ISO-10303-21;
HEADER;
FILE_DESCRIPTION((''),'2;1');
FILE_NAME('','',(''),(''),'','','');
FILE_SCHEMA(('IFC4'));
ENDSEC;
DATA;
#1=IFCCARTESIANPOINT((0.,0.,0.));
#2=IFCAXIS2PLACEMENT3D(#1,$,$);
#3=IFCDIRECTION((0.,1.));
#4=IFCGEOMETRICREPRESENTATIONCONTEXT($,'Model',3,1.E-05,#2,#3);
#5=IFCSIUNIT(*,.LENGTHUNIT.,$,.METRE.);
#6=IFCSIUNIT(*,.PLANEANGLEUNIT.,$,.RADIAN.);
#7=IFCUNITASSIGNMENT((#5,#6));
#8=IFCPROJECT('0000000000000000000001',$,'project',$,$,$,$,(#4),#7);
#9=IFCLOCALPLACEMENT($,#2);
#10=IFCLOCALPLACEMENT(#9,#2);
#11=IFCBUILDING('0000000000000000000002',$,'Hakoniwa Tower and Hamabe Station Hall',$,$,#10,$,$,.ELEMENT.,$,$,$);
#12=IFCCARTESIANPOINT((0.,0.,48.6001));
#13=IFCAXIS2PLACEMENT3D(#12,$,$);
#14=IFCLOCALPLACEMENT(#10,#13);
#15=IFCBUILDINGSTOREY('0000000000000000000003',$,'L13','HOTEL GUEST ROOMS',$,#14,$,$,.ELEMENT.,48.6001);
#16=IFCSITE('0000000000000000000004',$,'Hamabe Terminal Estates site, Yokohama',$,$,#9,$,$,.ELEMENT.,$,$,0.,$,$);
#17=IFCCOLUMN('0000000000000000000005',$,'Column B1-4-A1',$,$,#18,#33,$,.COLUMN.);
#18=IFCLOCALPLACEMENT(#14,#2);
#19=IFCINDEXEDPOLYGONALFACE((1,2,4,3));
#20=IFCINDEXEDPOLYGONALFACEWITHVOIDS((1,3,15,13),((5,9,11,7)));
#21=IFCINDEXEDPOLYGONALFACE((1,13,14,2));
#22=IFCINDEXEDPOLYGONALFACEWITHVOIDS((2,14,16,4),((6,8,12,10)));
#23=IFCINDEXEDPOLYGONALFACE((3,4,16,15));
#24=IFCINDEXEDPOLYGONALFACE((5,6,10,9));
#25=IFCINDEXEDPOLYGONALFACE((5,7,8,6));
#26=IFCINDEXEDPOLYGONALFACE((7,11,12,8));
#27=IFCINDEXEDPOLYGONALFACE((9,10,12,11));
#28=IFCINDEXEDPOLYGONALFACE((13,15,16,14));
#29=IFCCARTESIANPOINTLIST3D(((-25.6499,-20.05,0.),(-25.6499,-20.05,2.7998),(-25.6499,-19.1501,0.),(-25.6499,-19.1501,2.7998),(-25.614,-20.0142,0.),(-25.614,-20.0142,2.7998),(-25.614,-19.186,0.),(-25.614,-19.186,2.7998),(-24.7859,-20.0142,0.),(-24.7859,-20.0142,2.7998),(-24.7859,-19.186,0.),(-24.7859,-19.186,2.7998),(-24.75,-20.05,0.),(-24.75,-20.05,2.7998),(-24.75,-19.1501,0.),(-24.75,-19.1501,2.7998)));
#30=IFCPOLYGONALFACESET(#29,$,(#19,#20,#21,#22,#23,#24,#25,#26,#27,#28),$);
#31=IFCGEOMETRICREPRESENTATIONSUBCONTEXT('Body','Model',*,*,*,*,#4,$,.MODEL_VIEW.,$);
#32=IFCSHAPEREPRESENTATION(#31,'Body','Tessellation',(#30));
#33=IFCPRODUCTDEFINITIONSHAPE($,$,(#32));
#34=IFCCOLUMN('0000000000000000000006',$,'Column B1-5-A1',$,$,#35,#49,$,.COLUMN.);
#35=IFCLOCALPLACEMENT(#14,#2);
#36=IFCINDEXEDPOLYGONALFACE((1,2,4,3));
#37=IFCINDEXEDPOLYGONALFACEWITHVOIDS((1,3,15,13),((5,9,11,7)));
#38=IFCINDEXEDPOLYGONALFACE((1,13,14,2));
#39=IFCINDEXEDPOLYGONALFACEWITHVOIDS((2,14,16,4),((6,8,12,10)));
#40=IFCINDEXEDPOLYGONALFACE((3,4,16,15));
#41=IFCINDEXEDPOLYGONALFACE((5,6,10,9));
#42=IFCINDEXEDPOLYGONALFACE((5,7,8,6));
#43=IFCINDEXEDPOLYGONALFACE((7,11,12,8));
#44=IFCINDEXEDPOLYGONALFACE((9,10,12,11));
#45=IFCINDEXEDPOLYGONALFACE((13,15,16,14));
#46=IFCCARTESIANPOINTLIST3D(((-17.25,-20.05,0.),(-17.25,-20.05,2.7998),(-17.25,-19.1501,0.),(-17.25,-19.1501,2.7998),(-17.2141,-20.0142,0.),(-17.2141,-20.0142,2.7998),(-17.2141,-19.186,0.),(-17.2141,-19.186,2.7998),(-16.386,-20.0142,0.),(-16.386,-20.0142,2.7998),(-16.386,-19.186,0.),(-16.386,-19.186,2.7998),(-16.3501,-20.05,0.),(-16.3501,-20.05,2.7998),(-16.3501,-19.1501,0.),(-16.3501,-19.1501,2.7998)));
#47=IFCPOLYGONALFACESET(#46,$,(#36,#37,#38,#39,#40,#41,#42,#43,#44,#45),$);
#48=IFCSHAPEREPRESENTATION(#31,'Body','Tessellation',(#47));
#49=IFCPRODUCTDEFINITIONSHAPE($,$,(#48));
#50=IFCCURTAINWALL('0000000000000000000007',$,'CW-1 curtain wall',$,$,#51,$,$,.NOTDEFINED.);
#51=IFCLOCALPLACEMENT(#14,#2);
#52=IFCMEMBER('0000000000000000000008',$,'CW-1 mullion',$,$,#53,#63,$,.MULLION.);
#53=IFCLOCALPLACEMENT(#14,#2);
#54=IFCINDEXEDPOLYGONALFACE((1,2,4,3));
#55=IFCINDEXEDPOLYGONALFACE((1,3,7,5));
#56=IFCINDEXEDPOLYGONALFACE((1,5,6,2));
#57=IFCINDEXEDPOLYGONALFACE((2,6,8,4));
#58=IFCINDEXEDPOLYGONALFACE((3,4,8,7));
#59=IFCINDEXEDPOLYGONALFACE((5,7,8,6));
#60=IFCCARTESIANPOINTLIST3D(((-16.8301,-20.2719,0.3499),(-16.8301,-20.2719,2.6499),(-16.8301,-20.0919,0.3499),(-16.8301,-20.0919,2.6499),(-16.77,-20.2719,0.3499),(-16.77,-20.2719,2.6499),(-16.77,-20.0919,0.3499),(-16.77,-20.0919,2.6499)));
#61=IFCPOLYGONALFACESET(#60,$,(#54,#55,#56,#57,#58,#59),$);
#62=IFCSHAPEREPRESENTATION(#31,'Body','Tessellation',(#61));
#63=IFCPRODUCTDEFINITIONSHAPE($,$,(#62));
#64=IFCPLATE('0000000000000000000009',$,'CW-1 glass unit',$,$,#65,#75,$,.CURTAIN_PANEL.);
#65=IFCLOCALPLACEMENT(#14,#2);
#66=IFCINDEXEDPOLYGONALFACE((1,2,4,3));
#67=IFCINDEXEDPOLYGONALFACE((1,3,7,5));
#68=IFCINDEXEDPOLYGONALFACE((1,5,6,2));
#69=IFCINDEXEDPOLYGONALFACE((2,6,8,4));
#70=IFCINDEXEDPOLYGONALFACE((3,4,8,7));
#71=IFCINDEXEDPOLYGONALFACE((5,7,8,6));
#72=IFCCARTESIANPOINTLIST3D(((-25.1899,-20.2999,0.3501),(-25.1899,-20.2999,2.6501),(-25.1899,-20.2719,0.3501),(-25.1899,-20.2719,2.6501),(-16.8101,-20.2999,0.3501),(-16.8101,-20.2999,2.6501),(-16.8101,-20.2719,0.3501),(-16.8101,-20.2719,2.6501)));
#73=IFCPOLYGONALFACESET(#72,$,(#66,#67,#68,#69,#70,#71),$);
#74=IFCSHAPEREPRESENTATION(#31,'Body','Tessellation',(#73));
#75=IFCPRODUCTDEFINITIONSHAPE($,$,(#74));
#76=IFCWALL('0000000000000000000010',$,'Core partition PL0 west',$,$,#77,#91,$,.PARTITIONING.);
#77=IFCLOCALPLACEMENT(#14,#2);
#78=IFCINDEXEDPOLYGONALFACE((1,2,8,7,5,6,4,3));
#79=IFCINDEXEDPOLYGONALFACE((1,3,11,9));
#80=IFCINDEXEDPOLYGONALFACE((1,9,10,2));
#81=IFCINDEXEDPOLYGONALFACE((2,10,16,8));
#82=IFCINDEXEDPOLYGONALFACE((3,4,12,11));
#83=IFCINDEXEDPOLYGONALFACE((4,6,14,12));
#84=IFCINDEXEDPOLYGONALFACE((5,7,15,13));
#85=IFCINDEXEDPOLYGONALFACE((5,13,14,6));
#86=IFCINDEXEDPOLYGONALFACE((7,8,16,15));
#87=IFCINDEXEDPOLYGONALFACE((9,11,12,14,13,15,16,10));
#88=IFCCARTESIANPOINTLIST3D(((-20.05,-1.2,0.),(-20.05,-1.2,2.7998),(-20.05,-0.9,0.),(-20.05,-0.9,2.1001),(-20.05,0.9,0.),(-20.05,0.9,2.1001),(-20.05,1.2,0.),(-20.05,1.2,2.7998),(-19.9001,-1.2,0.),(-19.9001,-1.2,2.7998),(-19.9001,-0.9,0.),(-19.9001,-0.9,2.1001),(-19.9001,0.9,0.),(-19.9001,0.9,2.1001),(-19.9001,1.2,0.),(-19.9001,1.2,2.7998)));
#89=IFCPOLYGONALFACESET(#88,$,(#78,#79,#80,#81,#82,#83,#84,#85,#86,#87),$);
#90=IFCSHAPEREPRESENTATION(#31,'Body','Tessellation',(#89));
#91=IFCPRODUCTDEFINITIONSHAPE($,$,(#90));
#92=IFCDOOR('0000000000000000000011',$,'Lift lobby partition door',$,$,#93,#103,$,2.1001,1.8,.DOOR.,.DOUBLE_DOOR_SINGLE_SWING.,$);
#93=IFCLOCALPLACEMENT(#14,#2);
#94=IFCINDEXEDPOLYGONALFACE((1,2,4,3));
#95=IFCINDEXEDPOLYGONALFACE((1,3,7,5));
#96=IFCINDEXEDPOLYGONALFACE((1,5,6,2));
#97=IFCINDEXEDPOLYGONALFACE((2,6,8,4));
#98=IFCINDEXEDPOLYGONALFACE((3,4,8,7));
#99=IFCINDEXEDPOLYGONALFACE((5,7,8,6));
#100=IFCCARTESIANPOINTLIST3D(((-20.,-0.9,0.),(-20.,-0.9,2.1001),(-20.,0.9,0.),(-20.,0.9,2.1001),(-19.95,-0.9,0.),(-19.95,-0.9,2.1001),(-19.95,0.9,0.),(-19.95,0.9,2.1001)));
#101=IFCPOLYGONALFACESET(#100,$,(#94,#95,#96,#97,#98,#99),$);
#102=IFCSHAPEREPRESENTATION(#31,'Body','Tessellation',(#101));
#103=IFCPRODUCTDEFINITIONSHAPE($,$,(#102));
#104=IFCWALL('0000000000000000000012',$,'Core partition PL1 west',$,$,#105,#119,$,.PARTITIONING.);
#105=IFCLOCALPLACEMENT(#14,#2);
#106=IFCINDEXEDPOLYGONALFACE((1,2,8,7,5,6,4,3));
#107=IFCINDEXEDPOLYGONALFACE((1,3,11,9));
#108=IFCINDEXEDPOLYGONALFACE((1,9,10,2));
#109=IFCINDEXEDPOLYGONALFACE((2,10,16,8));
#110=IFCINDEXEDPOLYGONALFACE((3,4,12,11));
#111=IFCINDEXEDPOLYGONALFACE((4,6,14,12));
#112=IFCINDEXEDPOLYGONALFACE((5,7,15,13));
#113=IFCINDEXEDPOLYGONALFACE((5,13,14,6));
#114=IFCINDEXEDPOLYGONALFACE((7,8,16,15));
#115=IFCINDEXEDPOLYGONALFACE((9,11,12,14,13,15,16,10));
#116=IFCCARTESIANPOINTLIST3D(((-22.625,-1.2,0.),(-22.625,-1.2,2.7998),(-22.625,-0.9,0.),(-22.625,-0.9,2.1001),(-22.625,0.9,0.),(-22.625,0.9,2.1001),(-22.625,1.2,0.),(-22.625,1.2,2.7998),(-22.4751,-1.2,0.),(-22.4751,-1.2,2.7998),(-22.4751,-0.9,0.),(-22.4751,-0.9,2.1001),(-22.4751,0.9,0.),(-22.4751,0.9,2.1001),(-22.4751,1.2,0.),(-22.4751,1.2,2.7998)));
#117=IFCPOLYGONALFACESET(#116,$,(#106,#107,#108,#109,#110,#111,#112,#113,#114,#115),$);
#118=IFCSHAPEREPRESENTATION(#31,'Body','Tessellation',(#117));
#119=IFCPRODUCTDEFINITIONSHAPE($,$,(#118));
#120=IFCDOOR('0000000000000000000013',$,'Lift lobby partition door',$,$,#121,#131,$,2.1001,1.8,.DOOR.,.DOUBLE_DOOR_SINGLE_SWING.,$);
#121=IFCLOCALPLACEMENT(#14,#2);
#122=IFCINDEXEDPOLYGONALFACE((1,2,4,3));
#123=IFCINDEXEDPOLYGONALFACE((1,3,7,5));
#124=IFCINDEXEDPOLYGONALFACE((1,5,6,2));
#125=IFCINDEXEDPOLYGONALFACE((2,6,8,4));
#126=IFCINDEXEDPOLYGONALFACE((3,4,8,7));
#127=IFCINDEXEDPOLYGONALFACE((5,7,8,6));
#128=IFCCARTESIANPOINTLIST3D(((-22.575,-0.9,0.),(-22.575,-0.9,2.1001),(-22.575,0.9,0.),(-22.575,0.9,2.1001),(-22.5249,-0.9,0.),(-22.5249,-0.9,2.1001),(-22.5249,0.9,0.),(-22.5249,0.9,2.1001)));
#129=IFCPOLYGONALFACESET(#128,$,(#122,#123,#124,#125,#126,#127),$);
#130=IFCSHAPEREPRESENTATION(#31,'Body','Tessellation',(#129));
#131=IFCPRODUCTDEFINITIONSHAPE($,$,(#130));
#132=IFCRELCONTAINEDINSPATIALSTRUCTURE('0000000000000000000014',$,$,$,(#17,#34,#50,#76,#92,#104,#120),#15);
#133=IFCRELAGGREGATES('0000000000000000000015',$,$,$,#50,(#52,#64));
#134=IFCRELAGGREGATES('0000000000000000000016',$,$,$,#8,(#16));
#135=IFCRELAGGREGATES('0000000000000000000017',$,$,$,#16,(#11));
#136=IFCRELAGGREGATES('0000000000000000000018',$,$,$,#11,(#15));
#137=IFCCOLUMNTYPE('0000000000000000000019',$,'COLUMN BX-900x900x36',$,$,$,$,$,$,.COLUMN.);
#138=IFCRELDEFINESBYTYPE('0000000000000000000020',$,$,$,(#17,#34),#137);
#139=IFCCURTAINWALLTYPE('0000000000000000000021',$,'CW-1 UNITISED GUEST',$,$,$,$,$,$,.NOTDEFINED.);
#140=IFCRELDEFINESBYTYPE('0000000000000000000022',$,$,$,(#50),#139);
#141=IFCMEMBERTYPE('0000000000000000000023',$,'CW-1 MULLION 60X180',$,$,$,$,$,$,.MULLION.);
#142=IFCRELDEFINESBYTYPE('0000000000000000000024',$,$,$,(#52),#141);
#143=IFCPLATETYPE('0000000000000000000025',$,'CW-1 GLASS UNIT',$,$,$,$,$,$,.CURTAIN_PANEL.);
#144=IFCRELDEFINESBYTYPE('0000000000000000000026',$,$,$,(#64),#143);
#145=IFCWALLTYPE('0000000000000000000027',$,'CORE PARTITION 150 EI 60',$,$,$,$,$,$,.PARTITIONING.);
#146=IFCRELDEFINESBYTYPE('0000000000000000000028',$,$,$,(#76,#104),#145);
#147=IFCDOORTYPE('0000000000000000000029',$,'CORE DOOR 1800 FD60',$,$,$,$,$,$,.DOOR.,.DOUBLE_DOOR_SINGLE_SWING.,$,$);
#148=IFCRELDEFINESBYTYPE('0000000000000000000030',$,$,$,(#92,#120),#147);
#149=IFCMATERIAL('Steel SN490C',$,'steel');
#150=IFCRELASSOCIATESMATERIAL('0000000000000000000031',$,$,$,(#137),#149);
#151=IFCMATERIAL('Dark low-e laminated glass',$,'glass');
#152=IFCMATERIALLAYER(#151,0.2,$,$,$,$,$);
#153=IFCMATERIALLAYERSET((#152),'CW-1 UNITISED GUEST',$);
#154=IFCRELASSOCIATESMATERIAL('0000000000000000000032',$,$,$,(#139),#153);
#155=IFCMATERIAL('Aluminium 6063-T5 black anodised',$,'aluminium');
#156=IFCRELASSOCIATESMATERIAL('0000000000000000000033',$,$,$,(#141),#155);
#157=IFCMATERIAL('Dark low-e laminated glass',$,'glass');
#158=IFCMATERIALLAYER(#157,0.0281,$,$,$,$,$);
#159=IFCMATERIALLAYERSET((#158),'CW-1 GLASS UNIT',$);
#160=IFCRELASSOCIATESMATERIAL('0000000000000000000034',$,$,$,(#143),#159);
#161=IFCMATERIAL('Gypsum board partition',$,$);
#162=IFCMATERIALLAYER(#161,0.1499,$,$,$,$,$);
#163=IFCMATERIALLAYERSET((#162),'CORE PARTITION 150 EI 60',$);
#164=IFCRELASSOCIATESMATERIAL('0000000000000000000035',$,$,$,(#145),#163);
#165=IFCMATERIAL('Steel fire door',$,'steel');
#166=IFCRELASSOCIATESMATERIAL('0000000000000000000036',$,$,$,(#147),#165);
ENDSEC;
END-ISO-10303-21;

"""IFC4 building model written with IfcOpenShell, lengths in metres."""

from ifc_helpers import new_model, si_unit, direction, frame, frame_2d, origin, origin_2d, place, context, subcontext, project, spatial, rectangle, hollow_rectangle, extrude, material, layer, layer_set, material_profile, profile_set, type_object, element, fill, aggregate, save


model = new_model("IFC4")

# Units and contexts
model_context = context("Model", 3, precision=1e-05, world=origin(), true_north=direction((0.0, 1.0)))
body_context = subcontext(model_context, "Body", "Model", "MODEL_VIEW")
ifc_project = project(units=[si_unit("LENGTHUNIT", "METRE"), si_unit("PLANEANGLEUNIT", "RADIAN")], contexts=[model_context])

# Site, building, storey
site_placement = place(None, origin())
site = spatial("IfcSite", under=ifc_project, at=site_placement, Name="Hamabe Terminal Estates site, Yokohama", CompositionType="ELEMENT", RefElevation=0.0)
building_placement = place(site_placement, origin())
building = spatial("IfcBuilding", under=site, at=building_placement, Name="Hakoniwa Tower and Hamabe Station Hall", CompositionType="ELEMENT")
storey_placement = place(building_placement, frame((0.0, 0.0, 48.6001)))
storey = spatial("IfcBuildingStorey", under=building, at=storey_placement, Name="L13", Description="HOTEL GUEST ROOMS", CompositionType="ELEMENT", Elevation=48.6001)

# Columns
ifc_material_1 = material(Name="Steel SN490C", Category="steel")
ifc_material_profile_1 = material_profile(ifc_material_1, hollow_rectangle(XDim=0.8999, YDim=0.8999, WallThickness=0.0359, at=origin_2d()), Name="BX-900x900x36")
ifc_profile_set_1 = profile_set([ifc_material_profile_1], Name="Steel SN490C")
column_type = type_object("IfcColumnType", Name="COLUMN BX-900x900x36", PredefinedType="COLUMN", material=ifc_profile_set_1)
for number, where, z_axis, x_axis, name in (
    (1, (-25.2, -19.6001, 0.0), (0.0, 0.0, 1.0), (1.0, 0.0, 0.0), "Column B1-4-A1"),
    (2, (-16.8, -19.6001, 0.0), (0.0, 0.0, 1.0), (1.0, 0.0, 0.0), "Column B1-5-A1"),
):
    element("IfcColumn", number, at=place(storey_placement, frame(where, z_axis=z_axis, x_axis=x_axis)), inside=storey, type_object=column_type, Name=name, PredefinedType="COLUMN", context=body_context, shape_type="SweptSolid", body=[
        extrude(hollow_rectangle(XDim=0.8999, YDim=0.8999, WallThickness=0.0359, at=origin_2d()), origin(), (0.0, 0.0, 1.0), 2.7998),
    ])

# Curtain wall, member, plate
ifc_material_2 = material(Name="Dark low-e laminated glass", Category="glass")
ifc_layer_1 = layer(ifc_material_2, 0.2)
ifc_layer_set_1 = layer_set([ifc_layer_1], Name="CW-1 UNITISED GUEST")
curtain_wall_type = type_object("IfcCurtainWallType", Name="CW-1 UNITISED GUEST", PredefinedType="NOTDEFINED", material=ifc_layer_set_1)
curtain_wall_placement = place(storey_placement, origin())
curtain_wall = element("IfcCurtainWall", 3, at=curtain_wall_placement, inside=storey, type_object=curtain_wall_type, Name="CW-1 curtain wall", PredefinedType="NOTDEFINED")
ifc_material_3 = material(Name="Aluminium 6063-T5 black anodised", Category="aluminium")
ifc_material_profile_2 = material_profile(ifc_material_3, rectangle(XDim=0.0601, YDim=0.1799, at=origin_2d()), Name="CW-1 MULLION 60X180")
ifc_profile_set_2 = profile_set([ifc_material_profile_2], Name="Aluminium 6063-T5 black anodised")
member_type = type_object("IfcMemberType", Name="CW-1 MULLION 60X180", PredefinedType="MULLION", material=ifc_profile_set_2)
member_placement = place(storey_placement, frame((-16.8, -20.1819, 0.3499), z_axis=(0.0, 0.0, 1.0), x_axis=(1.0, 0.0, 0.0)))
member = element("IfcMember", 4, at=member_placement, type_object=member_type, Name="CW-1 mullion", PredefinedType="MULLION", context=body_context, shape_type="SweptSolid", body=[
    extrude(rectangle(XDim=0.0601, YDim=0.1799, at=origin_2d()), origin(), (0.0, 0.0, 1.0), 2.3),
])
ifc_material_4 = material(Name="Dark low-e laminated glass", Category="glass")
ifc_layer_2 = layer(ifc_material_4, 0.0281)
ifc_layer_set_2 = layer_set([ifc_layer_2], Name="CW-1 GLASS UNIT")
plate_type = type_object("IfcPlateType", Name="CW-1 GLASS UNIT", PredefinedType="CURTAIN_PANEL", material=ifc_layer_set_2)
plate_placement = place(storey_placement, frame((-21.0, -20.2859, 0.3501), z_axis=(0.0, 0.0, 1.0), x_axis=(1.0, 0.0, 0.0)))
plate = element("IfcPlate", 5, at=plate_placement, type_object=plate_type, Name="CW-1 glass unit", PredefinedType="CURTAIN_PANEL", context=body_context, shape_type="SweptSolid", body=[
    extrude(rectangle(XDim=8.3799, YDim=0.0281, at=origin_2d()), origin(), (0.0, 0.0, 1.0), 2.3),
])
aggregate(curtain_wall, [member, plate])

# Walls, openings, doors
ifc_material_5 = material(Name="Gypsum board partition")
ifc_layer_3 = layer(ifc_material_5, 0.1499)
ifc_layer_set_3 = layer_set([ifc_layer_3], Name="CORE PARTITION 150 EI 60")
wall_type_1 = type_object("IfcWallType", Name="CORE PARTITION 150 EI 60", PredefinedType="PARTITIONING", material=ifc_layer_set_3)
wall_1_placement = place(storey_placement, frame((-19.9751, -1.2, 0.0), z_axis=(0.0, 0.0, 1.0), x_axis=(0.0, 1.0, 0.0)))
wall_1 = element("IfcWall", 6, at=wall_1_placement, inside=storey, type_object=wall_type_1, Name="Core partition PL0 west", PredefinedType="PARTITIONING", context=body_context, shape_type="SweptSolid", body=[
    extrude(rectangle(XDim=2.3999, YDim=0.1499, at=frame_2d((1.2, 0.0))), origin(), (0.0, 0.0, 1.0), 2.7998),
])
opening_1_placement = place(wall_1_placement, frame((0.3, 0.0, 0.0)))
opening_1 = element("IfcOpeningElement", 7, at=opening_1_placement, cuts=wall_1, PredefinedType="OPENING", context=body_context, shape_type="SweptSolid", body=[
    extrude(rectangle(XDim=1.8, YDim=2.1001, at=frame_2d((0.8999, 1.05))), frame((0.0, 0.085, 0.0), z_axis=(0.0, -1.0, 0.0), x_axis=(1.0, 0.0, 0.0)), (0.0, 0.0, 1.0), 0.1699),
])
ifc_material_6 = material(Name="Steel fire door", Category="steel")
door_type_1 = type_object("IfcDoorType", Name="CORE DOOR 1800 FD60", OperationType="DOUBLE_DOOR_SINGLE_SWING", PredefinedType="DOOR", material=ifc_material_6)
door_1_placement = place(opening_1_placement, origin())
door_1 = element("IfcDoor", 8, at=door_1_placement, inside=storey, type_object=door_type_1, Name="Lift lobby partition door", OperationType="DOUBLE_DOOR_SINGLE_SWING", OverallHeight=2.1001, OverallWidth=1.8, PredefinedType="DOOR", context=body_context, shape_type="SweptSolid", body=[
    extrude(rectangle(XDim=1.8, YDim=2.1001, at=frame_2d((0.8999, 1.05))), frame((0.0, 0.0249, 0.0), z_axis=(0.0, -1.0, 0.0), x_axis=(1.0, 0.0, 0.0)), (0.0, 0.0, 1.0), 0.05),
])
fill(opening_1, door_1)
wall_2_placement = place(storey_placement, frame((-22.55, -1.2, 0.0), z_axis=(0.0, 0.0, 1.0), x_axis=(0.0, 1.0, 0.0)))
wall_2 = element("IfcWall", 9, at=wall_2_placement, inside=storey, type_object=wall_type_1, Name="Core partition PL1 west", PredefinedType="PARTITIONING", context=body_context, shape_type="SweptSolid", body=[
    extrude(rectangle(XDim=2.3999, YDim=0.1499, at=frame_2d((1.2, 0.0))), origin(), (0.0, 0.0, 1.0), 2.7998),
])
opening_2_placement = place(wall_2_placement, frame((0.3, 0.0, 0.0)))
opening_2 = element("IfcOpeningElement", 10, at=opening_2_placement, cuts=wall_2, PredefinedType="OPENING", context=body_context, shape_type="SweptSolid", body=[
    extrude(rectangle(XDim=1.8, YDim=2.1001, at=frame_2d((0.8999, 1.05))), frame((0.0, 0.085, 0.0), z_axis=(0.0, -1.0, 0.0), x_axis=(1.0, 0.0, 0.0)), (0.0, 0.0, 1.0), 0.1699),
])
door_2_placement = place(opening_2_placement, origin())
door_2 = element("IfcDoor", 11, at=door_2_placement, inside=storey, type_object=door_type_1, Name="Lift lobby partition door", OperationType="DOUBLE_DOOR_SINGLE_SWING", OverallHeight=2.1001, OverallWidth=1.8, PredefinedType="DOOR", context=body_context, shape_type="SweptSolid", body=[
    extrude(rectangle(XDim=1.8, YDim=2.1001, at=frame_2d((0.8999, 1.05))), frame((0.0, 0.0249, 0.0), z_axis=(0.0, -1.0, 0.0), x_axis=(1.0, 0.0, 0.0)), (0.0, 0.0, 1.0), 0.05),
])
fill(opening_2, door_2)

save(model, "model.ifc")
